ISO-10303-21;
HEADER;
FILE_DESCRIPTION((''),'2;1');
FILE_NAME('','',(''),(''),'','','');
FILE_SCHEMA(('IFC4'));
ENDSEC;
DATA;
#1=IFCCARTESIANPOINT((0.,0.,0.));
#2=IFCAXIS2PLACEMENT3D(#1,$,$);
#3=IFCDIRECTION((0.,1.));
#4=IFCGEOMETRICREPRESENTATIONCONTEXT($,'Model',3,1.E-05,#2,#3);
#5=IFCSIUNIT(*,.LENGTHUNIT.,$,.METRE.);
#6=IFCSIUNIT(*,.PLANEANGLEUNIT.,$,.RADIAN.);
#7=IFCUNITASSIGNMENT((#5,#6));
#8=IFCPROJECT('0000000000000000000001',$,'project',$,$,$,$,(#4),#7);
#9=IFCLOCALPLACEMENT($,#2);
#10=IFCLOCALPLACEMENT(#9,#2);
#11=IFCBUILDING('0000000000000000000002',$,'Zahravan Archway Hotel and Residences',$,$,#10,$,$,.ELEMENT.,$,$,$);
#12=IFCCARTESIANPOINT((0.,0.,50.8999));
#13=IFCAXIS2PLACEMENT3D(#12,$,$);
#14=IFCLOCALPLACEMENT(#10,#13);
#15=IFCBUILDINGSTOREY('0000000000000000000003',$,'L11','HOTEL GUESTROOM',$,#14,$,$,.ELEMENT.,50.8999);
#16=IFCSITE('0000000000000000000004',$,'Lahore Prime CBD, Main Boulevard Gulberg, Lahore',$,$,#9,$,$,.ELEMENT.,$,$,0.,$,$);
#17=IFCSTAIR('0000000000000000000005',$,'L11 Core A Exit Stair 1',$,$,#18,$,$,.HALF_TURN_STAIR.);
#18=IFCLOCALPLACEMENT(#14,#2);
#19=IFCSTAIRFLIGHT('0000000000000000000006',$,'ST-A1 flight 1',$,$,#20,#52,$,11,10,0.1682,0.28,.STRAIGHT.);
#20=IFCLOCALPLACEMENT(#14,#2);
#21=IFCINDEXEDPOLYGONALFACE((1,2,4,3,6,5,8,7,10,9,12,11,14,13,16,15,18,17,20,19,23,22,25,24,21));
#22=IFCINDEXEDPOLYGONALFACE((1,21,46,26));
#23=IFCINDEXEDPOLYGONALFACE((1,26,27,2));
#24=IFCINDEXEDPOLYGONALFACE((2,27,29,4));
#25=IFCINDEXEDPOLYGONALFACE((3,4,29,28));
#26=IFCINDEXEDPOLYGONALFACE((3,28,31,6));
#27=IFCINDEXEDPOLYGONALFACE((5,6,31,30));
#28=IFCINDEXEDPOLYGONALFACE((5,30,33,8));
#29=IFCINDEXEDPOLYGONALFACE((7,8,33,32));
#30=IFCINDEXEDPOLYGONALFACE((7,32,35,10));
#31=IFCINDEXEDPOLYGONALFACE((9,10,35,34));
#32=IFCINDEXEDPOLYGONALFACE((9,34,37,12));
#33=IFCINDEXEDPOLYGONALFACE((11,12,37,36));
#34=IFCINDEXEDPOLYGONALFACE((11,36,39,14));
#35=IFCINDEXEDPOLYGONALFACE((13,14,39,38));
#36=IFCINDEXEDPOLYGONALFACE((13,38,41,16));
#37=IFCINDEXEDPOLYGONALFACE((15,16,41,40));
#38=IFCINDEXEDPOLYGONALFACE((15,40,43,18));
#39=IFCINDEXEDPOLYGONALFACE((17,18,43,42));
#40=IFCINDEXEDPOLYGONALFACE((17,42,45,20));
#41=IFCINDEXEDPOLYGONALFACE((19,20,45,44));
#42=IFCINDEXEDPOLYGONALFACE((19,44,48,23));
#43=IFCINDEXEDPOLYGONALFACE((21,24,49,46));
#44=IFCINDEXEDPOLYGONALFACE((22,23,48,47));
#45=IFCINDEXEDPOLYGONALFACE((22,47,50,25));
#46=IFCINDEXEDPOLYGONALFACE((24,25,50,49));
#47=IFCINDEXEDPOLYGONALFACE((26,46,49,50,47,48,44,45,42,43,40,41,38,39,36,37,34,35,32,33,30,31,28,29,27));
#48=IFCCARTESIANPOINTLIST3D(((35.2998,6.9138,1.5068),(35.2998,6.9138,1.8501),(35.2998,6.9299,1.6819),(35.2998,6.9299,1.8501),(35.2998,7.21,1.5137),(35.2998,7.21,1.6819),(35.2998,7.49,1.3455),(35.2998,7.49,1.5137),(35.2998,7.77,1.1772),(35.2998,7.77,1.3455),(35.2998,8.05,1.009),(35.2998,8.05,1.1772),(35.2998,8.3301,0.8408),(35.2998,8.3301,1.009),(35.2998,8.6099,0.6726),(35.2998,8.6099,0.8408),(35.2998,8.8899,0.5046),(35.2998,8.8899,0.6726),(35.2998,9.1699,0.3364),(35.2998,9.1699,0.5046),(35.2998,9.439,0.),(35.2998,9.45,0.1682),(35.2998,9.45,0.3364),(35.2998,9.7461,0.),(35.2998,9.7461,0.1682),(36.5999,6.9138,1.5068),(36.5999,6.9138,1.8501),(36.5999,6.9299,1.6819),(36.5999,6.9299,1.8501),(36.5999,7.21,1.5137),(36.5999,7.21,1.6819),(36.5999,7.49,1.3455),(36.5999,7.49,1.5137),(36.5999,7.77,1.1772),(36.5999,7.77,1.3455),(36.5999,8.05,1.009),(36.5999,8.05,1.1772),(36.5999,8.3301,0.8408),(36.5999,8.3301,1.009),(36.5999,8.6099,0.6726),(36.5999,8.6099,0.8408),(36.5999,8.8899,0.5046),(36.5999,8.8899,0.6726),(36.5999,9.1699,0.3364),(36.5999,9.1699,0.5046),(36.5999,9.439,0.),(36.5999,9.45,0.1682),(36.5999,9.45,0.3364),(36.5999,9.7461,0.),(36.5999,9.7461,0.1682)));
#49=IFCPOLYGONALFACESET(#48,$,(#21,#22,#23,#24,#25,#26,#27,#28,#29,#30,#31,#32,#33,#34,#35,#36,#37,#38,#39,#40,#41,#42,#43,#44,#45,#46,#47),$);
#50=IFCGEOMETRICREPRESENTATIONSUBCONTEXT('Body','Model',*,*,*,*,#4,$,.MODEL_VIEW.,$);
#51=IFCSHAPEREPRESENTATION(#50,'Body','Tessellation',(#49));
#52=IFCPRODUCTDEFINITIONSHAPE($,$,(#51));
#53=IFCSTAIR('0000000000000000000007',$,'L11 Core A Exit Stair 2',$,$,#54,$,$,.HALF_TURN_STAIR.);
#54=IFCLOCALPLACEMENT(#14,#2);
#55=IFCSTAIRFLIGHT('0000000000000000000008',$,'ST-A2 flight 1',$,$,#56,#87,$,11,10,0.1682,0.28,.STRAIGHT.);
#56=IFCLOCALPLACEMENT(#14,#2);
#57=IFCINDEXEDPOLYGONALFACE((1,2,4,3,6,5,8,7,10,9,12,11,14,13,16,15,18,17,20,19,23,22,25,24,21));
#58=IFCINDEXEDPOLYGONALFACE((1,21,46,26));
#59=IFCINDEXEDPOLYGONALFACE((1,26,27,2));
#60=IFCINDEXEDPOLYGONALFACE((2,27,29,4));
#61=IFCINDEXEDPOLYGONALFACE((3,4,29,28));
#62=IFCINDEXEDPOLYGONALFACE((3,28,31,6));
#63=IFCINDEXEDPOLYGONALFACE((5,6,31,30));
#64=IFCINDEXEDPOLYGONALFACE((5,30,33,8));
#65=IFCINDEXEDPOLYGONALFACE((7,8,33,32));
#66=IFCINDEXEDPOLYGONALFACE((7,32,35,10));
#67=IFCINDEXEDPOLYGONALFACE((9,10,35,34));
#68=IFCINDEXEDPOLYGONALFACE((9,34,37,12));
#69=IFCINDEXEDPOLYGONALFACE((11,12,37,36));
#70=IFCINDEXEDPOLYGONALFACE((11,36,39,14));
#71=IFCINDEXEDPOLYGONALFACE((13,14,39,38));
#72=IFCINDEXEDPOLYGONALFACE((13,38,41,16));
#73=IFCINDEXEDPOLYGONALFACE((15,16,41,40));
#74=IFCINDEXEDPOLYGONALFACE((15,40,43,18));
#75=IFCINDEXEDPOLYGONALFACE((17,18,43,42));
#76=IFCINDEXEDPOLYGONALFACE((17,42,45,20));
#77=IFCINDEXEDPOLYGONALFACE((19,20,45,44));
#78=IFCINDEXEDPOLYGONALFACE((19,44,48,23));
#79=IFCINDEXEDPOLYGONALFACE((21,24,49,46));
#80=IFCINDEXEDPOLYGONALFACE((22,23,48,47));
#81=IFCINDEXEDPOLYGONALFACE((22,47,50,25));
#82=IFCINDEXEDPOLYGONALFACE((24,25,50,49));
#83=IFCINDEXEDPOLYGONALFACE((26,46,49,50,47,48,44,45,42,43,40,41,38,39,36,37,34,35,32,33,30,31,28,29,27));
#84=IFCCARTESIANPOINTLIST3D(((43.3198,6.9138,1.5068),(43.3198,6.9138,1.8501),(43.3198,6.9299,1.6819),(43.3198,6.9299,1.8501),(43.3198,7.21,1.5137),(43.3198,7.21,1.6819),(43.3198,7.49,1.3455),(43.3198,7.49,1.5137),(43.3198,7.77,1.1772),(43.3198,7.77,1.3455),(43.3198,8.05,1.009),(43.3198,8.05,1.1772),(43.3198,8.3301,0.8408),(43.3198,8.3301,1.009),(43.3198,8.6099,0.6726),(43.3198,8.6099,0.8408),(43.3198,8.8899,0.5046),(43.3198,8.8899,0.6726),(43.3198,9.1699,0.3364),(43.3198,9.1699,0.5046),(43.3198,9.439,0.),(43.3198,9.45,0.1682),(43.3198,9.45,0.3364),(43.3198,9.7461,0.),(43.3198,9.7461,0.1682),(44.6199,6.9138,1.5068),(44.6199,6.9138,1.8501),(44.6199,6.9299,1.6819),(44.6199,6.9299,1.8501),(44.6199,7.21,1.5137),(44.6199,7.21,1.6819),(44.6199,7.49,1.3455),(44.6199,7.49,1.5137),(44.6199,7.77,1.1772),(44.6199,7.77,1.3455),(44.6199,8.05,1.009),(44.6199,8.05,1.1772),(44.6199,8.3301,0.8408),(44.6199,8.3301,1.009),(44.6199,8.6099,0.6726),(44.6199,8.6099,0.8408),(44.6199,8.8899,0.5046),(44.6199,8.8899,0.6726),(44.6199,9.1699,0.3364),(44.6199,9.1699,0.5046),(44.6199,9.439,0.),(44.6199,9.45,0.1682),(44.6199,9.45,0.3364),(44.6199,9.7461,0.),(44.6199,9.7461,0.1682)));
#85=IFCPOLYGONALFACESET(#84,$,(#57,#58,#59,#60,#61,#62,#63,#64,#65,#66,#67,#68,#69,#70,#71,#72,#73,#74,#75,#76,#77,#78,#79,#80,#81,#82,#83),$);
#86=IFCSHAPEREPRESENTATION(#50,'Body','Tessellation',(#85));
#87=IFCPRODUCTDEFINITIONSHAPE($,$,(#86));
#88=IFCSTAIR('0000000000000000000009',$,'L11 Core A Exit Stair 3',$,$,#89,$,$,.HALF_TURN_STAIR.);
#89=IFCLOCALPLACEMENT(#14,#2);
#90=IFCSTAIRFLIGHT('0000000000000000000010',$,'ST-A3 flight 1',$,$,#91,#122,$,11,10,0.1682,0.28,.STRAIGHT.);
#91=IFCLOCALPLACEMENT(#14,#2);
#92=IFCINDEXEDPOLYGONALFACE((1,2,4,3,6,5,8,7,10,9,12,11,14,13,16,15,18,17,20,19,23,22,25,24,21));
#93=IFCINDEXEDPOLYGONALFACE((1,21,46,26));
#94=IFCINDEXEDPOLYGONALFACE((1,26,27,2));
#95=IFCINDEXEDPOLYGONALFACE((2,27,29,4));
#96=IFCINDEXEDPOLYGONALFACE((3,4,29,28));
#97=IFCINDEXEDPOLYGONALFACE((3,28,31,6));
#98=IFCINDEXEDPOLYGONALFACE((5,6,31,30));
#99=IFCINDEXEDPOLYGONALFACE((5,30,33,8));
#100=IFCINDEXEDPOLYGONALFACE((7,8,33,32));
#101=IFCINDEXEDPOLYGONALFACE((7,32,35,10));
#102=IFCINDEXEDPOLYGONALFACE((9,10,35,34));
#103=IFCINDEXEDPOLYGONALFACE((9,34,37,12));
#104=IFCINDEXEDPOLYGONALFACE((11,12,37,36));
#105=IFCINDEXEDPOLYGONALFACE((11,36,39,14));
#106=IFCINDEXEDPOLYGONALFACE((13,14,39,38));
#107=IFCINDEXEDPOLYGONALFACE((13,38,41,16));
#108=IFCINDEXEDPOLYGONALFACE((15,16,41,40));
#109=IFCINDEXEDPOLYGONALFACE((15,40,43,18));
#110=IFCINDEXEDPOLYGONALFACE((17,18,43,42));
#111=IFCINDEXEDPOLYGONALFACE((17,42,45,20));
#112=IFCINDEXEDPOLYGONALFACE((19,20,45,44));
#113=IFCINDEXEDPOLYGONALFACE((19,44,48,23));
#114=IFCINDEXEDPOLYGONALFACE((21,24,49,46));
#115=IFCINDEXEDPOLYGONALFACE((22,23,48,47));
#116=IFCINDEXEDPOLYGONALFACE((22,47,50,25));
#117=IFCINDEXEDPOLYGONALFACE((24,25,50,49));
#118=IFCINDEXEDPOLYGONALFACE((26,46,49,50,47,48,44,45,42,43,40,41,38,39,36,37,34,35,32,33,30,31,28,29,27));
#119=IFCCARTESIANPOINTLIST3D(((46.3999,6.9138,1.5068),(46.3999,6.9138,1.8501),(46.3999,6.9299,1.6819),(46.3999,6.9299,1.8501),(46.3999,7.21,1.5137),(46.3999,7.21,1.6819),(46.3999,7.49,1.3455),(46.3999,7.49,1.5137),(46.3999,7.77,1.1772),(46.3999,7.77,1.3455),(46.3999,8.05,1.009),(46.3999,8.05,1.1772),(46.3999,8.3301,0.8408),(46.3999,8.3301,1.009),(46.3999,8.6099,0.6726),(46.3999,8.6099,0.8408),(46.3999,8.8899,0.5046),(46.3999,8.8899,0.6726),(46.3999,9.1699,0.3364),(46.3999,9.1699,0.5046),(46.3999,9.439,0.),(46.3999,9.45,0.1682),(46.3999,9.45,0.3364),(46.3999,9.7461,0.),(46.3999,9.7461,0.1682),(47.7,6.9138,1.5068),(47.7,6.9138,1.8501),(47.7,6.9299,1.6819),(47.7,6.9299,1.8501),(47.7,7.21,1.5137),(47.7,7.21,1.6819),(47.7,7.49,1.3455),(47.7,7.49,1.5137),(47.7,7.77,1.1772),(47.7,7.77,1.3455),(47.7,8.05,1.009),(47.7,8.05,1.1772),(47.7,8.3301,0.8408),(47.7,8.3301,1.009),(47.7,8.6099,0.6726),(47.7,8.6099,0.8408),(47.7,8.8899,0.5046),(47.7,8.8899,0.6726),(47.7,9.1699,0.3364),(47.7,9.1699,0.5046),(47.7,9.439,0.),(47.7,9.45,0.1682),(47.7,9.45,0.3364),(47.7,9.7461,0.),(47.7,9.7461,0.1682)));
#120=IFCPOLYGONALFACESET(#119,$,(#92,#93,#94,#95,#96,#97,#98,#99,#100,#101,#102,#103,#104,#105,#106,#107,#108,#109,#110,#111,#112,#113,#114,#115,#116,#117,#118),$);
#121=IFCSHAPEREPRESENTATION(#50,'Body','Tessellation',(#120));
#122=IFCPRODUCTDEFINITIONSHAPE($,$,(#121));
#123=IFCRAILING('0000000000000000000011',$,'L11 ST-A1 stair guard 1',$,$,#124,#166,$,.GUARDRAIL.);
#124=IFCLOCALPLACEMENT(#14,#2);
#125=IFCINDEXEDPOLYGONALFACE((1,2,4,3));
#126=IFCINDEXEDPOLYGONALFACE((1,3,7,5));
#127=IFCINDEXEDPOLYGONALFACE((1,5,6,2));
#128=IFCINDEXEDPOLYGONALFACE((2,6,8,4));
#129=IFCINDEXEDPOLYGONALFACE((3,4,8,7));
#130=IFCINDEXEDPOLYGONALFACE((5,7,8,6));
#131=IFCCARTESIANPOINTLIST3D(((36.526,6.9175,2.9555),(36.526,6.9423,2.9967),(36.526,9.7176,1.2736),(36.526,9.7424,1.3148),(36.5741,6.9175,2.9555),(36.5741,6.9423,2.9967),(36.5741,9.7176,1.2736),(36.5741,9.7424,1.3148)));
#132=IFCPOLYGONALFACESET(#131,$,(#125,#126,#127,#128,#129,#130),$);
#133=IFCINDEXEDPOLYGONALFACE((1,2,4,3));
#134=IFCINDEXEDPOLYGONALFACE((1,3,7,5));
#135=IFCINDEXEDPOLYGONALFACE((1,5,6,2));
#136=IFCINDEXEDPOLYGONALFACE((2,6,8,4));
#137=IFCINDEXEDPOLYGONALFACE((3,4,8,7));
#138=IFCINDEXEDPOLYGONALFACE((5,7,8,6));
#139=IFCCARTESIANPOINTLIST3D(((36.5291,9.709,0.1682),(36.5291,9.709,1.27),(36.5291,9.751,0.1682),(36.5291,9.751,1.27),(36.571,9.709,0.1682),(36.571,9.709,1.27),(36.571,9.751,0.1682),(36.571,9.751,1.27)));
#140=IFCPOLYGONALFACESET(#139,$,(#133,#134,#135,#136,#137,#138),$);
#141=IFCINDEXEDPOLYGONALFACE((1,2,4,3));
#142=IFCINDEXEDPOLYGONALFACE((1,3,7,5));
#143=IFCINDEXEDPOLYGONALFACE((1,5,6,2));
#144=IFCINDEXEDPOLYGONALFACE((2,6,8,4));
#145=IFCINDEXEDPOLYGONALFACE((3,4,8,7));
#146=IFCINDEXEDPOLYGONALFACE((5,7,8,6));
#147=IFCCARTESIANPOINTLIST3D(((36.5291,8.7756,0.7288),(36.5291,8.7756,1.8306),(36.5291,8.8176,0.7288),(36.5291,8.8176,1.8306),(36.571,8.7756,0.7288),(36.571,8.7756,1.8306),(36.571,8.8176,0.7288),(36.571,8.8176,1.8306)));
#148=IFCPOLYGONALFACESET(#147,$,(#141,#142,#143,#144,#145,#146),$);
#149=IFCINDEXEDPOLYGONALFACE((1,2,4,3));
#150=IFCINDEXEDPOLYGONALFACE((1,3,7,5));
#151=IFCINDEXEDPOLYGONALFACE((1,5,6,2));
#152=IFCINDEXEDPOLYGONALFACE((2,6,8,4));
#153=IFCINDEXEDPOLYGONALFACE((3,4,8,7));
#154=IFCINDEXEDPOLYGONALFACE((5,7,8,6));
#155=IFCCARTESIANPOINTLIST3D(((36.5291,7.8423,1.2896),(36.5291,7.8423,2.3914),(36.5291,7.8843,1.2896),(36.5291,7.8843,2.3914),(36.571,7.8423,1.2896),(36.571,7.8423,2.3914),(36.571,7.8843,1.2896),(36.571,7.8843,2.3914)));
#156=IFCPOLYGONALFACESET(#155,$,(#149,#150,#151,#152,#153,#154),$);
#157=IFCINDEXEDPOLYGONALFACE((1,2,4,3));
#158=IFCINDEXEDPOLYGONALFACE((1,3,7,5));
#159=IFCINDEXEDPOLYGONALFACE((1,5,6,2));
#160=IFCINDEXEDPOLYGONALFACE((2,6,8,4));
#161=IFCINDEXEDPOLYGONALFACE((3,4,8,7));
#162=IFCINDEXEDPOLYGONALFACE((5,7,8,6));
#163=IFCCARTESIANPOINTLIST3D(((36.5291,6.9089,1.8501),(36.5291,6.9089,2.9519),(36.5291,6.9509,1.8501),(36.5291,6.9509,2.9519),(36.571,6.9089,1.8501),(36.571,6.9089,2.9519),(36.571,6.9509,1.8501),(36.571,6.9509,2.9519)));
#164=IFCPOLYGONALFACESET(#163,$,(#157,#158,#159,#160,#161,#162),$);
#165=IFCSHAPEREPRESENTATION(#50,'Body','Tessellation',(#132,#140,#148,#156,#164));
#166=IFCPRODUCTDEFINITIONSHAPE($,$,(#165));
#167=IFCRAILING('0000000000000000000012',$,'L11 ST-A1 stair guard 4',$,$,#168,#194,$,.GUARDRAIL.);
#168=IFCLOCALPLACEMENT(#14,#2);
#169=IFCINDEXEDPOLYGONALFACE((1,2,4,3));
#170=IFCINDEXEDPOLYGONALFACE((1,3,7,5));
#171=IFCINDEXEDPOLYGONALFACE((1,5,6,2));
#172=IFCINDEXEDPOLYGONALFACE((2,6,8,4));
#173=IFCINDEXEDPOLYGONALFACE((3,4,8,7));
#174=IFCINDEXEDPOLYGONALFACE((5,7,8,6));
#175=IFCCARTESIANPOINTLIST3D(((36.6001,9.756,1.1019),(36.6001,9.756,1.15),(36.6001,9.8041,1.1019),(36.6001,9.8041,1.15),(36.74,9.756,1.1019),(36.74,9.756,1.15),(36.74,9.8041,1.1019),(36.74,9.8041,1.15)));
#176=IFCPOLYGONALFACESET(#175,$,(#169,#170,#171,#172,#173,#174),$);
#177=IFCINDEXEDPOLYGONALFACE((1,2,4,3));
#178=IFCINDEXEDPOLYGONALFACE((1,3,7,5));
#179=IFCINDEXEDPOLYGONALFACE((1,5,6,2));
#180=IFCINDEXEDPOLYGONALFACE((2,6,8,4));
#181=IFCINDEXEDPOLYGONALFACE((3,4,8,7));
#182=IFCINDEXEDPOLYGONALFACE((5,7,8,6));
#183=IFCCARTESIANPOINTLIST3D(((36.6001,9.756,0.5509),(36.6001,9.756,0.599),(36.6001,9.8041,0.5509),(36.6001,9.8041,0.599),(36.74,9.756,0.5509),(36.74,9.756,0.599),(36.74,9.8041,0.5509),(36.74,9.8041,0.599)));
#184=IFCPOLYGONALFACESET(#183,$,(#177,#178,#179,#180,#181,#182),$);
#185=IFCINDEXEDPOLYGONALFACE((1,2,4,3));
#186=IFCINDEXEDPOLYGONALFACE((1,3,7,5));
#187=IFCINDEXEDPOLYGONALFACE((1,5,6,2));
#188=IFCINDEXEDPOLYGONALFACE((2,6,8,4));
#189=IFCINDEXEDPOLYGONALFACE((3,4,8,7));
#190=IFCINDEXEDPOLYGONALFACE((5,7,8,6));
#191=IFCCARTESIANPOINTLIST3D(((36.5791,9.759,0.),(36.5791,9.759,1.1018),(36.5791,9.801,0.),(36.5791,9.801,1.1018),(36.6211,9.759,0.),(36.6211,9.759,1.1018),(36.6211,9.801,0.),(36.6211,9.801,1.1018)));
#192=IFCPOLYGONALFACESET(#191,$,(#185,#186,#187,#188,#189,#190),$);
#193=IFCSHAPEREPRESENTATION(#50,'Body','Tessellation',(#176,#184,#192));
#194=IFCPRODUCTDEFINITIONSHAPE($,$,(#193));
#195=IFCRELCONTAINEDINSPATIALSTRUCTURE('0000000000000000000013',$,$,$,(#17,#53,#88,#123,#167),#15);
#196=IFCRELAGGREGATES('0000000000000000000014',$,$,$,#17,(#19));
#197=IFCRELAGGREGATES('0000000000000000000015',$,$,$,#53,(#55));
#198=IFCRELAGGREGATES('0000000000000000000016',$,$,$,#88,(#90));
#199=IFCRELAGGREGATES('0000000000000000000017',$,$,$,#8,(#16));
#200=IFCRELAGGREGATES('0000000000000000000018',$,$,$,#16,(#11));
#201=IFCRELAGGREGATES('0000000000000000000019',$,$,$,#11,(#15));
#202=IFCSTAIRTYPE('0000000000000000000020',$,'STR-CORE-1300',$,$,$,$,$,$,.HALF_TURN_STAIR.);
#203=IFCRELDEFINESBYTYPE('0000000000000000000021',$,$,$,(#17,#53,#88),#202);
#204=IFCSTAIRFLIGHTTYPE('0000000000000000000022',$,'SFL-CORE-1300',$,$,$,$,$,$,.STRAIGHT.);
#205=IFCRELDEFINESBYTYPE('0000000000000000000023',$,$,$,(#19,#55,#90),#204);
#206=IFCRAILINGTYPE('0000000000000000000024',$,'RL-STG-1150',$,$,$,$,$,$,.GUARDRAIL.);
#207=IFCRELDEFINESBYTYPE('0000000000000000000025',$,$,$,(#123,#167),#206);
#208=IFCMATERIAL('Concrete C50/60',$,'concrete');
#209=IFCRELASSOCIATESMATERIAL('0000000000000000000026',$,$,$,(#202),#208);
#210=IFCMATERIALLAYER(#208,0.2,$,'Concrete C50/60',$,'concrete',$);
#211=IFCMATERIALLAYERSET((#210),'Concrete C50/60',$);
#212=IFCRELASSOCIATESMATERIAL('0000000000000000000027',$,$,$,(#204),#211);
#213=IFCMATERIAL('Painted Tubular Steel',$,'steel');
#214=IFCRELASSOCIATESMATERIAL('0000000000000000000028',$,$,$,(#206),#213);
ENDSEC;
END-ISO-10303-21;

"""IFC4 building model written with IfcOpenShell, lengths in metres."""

from ifc_helpers import new_model, si_unit, direction, frame, origin, origin_2d, place, context, subcontext, project, spatial, polyline, rectangle, outline, extrude, source, transform, mapped, material, layer, layer_set, type_object, element, aggregate, save


model = new_model("IFC4")

# Units and contexts
model_context = context("Model", 3, precision=1e-05, world=origin(), true_north=direction((0.0, 1.0)))
body_context = subcontext(model_context, "Body", "Model", "MODEL_VIEW")
ifc_project = project(units=[si_unit("LENGTHUNIT", "METRE"), si_unit("PLANEANGLEUNIT", "RADIAN")], contexts=[model_context])

# Site, building, storey
site_placement = place(None, origin())
site = spatial("IfcSite", under=ifc_project, at=site_placement, Name="Lahore Prime CBD, Main Boulevard Gulberg, Lahore", CompositionType="ELEMENT", RefElevation=0.0)
building_placement = place(site_placement, origin())
building = spatial("IfcBuilding", under=site, at=building_placement, Name="Zahravan Archway Hotel and Residences", CompositionType="ELEMENT")
storey_placement = place(building_placement, frame((0.0, 0.0, 50.8999)))
storey = spatial("IfcBuildingStorey", under=building, at=storey_placement, Name="L11", Description="HOTEL GUESTROOM", CompositionType="ELEMENT", Elevation=50.8999)

# Shared definitions
ifc_material_1 = material(Name="Concrete C50/60", Category="concrete")

# Stairs, stair flights
stair_type = type_object("IfcStairType", Name="STR-CORE-1300", PredefinedType="HALF_TURN_STAIR", material=ifc_material_1)
stair_1_placement = place(storey_placement, origin())
stair_1 = element("IfcStair", 1, at=stair_1_placement, inside=storey, type_object=stair_type, Name="L11 Core A Exit Stair 1", PredefinedType="HALF_TURN_STAIR")
ifc_layer_1 = layer(ifc_material_1, 0.2, Name="Concrete C50/60", Category="concrete")
ifc_layer_set_1 = layer_set([ifc_layer_1], Name="Concrete C50/60")
stair_flight_type = type_object("IfcStairFlightType", Name="SFL-CORE-1300", PredefinedType="STRAIGHT", material=ifc_layer_set_1)
shared_shape_1 = source(origin(), body_context, "Body", "SweptSolid", [
    extrude(outline(polyline([(-0.0161, 0.0), (-0.0161, 0.1682), (0.28, 0.1682), (0.28, 0.3364), (0.5601, 0.3364), (0.5601, 0.5046), (0.8401, 0.5046), (0.8401, 0.6726), (1.1201, 0.6726), (1.1201, 0.8408), (1.3999, 0.8408), (1.3999, 1.009), (1.6799, 1.009), (1.6799, 1.1772), (1.96, 1.1772), (1.96, 1.3455), (2.24, 1.3455), (2.24, 1.5137), (2.52, 1.5137), (2.52, 1.6819), (2.8, 1.6819), (2.8, 1.8501), (2.8162, 1.8501), (2.8162, 1.5068), (0.291, 0.0), (-0.0161, 0.0)])), frame((0.0, 0.6499, 0.0), z_axis=(0.0, -1.0, 0.0), x_axis=(1.0, 0.0, 0.0)), (0.0, 0.0, 1.0), 1.3),
])
stair_flight_1_placement = place(storey_placement, frame((35.95, 9.73, 0.0), z_axis=(0.0, 0.0, 1.0), x_axis=(0.0, -1.0, 0.0)))
stair_flight_1 = element("IfcStairFlight", 2, at=stair_flight_1_placement, type_object=stair_flight_type, Name="ST-A1 flight 1", NumberOfRisers=11, NumberOfTreads=10, PredefinedType="STRAIGHT", RiserHeight=0.1682, TreadLength=0.28, context=body_context, shape_type="MappedRepresentation", body=[
    mapped(shared_shape_1, transform((0.0, 0.0, 0.0), scale=1.0)),
])
aggregate(stair_1, [stair_flight_1])
stair_2_placement = place(storey_placement, origin())
stair_2 = element("IfcStair", 3, at=stair_2_placement, inside=storey, type_object=stair_type, Name="L11 Core A Exit Stair 2", PredefinedType="HALF_TURN_STAIR")
stair_flight_2_placement = place(storey_placement, frame((43.97, 9.73, 0.0), z_axis=(0.0, 0.0, 1.0), x_axis=(0.0, -1.0, 0.0)))
stair_flight_2 = element("IfcStairFlight", 4, at=stair_flight_2_placement, type_object=stair_flight_type, Name="ST-A2 flight 1", NumberOfRisers=11, NumberOfTreads=10, PredefinedType="STRAIGHT", RiserHeight=0.1682, TreadLength=0.28, context=body_context, shape_type="MappedRepresentation", body=[
    mapped(shared_shape_1, transform((0.0, 0.0, 0.0), scale=1.0)),
])
aggregate(stair_2, [stair_flight_2])
stair_3_placement = place(storey_placement, origin())
stair_3 = element("IfcStair", 5, at=stair_3_placement, inside=storey, type_object=stair_type, Name="L11 Core A Exit Stair 3", PredefinedType="HALF_TURN_STAIR")
stair_flight_3_placement = place(storey_placement, frame((47.05, 9.73, 0.0), z_axis=(0.0, 0.0, 1.0), x_axis=(0.0, -1.0, 0.0)))
stair_flight_3 = element("IfcStairFlight", 6, at=stair_flight_3_placement, type_object=stair_flight_type, Name="ST-A3 flight 1", NumberOfRisers=11, NumberOfTreads=10, PredefinedType="STRAIGHT", RiserHeight=0.1682, TreadLength=0.28, context=body_context, shape_type="MappedRepresentation", body=[
    mapped(shared_shape_1, transform((0.0, 0.0, 0.0), scale=1.0)),
])
aggregate(stair_3, [stair_flight_3])

# Railings
ifc_material_2 = material(Name="Painted Tubular Steel", Category="steel")
railing_type_1 = type_object("IfcRailingType", Name="RL-STG-1150", PredefinedType="GUARDRAIL", material=ifc_material_2)
railing_1_placement = place(storey_placement, frame((36.55, 9.73, 0.1682)))
element("IfcRailing", 7, at=railing_1_placement, inside=storey, type_object=railing_type_1, Name="L11 ST-A1 stair guard 1", PredefinedType="GUARDRAIL", context=body_context, shape_type="SweptSolid", body=[
    extrude(rectangle(XDim=0.0481, YDim=0.0481, at=origin_2d()), frame((0.0, 0.0, 1.126), z_axis=(0.0, -0.857242, 0.514913), x_axis=(1.0, 0.0, 0.0)), (0.0, 0.0, 1.0), 3.2664),
    extrude(rectangle(XDim=0.042, YDim=0.042, at=origin_2d()), origin(), (0.0, 0.0, 1.0), 1.1018),
    extrude(rectangle(XDim=0.042, YDim=0.042, at=origin_2d()), frame((0.0, -0.9333, 0.5605)), (0.0, 0.0, 1.0), 1.1018),
    extrude(rectangle(XDim=0.042, YDim=0.042, at=origin_2d()), frame((0.0, -1.8667, 1.1213)), (0.0, 0.0, 1.0), 1.1018),
    extrude(rectangle(XDim=0.042, YDim=0.042, at=origin_2d()), frame((0.0, -2.8, 1.6819)), (0.0, 0.0, 1.0), 1.1018),
])
railing_2_placement = place(storey_placement, frame((36.6001, 9.78, 0.0)))
element("IfcRailing", 8, at=railing_2_placement, inside=storey, type_object=railing_type_1, Name="L11 ST-A1 stair guard 4", PredefinedType="GUARDRAIL", context=body_context, shape_type="SweptSolid", body=[
    extrude(rectangle(XDim=0.0481, YDim=0.0481, at=origin_2d()), frame((0.0, 0.0, 1.126), z_axis=(1.0, 0.0, 0.0), x_axis=(0.0, 1.0, 0.0)), (0.0, 0.0, 1.0), 0.1399),
    extrude(rectangle(XDim=0.0481, YDim=0.0481, at=origin_2d()), frame((0.0, 0.0, 0.575), z_axis=(1.0, 0.0, 0.0), x_axis=(0.0, 1.0, 0.0)), (0.0, 0.0, 1.0), 0.1399),
    extrude(rectangle(XDim=0.042, YDim=0.042, at=origin_2d()), origin(), (0.0, 0.0, 1.0), 1.1018),
])

save(model, "model.ifc")
